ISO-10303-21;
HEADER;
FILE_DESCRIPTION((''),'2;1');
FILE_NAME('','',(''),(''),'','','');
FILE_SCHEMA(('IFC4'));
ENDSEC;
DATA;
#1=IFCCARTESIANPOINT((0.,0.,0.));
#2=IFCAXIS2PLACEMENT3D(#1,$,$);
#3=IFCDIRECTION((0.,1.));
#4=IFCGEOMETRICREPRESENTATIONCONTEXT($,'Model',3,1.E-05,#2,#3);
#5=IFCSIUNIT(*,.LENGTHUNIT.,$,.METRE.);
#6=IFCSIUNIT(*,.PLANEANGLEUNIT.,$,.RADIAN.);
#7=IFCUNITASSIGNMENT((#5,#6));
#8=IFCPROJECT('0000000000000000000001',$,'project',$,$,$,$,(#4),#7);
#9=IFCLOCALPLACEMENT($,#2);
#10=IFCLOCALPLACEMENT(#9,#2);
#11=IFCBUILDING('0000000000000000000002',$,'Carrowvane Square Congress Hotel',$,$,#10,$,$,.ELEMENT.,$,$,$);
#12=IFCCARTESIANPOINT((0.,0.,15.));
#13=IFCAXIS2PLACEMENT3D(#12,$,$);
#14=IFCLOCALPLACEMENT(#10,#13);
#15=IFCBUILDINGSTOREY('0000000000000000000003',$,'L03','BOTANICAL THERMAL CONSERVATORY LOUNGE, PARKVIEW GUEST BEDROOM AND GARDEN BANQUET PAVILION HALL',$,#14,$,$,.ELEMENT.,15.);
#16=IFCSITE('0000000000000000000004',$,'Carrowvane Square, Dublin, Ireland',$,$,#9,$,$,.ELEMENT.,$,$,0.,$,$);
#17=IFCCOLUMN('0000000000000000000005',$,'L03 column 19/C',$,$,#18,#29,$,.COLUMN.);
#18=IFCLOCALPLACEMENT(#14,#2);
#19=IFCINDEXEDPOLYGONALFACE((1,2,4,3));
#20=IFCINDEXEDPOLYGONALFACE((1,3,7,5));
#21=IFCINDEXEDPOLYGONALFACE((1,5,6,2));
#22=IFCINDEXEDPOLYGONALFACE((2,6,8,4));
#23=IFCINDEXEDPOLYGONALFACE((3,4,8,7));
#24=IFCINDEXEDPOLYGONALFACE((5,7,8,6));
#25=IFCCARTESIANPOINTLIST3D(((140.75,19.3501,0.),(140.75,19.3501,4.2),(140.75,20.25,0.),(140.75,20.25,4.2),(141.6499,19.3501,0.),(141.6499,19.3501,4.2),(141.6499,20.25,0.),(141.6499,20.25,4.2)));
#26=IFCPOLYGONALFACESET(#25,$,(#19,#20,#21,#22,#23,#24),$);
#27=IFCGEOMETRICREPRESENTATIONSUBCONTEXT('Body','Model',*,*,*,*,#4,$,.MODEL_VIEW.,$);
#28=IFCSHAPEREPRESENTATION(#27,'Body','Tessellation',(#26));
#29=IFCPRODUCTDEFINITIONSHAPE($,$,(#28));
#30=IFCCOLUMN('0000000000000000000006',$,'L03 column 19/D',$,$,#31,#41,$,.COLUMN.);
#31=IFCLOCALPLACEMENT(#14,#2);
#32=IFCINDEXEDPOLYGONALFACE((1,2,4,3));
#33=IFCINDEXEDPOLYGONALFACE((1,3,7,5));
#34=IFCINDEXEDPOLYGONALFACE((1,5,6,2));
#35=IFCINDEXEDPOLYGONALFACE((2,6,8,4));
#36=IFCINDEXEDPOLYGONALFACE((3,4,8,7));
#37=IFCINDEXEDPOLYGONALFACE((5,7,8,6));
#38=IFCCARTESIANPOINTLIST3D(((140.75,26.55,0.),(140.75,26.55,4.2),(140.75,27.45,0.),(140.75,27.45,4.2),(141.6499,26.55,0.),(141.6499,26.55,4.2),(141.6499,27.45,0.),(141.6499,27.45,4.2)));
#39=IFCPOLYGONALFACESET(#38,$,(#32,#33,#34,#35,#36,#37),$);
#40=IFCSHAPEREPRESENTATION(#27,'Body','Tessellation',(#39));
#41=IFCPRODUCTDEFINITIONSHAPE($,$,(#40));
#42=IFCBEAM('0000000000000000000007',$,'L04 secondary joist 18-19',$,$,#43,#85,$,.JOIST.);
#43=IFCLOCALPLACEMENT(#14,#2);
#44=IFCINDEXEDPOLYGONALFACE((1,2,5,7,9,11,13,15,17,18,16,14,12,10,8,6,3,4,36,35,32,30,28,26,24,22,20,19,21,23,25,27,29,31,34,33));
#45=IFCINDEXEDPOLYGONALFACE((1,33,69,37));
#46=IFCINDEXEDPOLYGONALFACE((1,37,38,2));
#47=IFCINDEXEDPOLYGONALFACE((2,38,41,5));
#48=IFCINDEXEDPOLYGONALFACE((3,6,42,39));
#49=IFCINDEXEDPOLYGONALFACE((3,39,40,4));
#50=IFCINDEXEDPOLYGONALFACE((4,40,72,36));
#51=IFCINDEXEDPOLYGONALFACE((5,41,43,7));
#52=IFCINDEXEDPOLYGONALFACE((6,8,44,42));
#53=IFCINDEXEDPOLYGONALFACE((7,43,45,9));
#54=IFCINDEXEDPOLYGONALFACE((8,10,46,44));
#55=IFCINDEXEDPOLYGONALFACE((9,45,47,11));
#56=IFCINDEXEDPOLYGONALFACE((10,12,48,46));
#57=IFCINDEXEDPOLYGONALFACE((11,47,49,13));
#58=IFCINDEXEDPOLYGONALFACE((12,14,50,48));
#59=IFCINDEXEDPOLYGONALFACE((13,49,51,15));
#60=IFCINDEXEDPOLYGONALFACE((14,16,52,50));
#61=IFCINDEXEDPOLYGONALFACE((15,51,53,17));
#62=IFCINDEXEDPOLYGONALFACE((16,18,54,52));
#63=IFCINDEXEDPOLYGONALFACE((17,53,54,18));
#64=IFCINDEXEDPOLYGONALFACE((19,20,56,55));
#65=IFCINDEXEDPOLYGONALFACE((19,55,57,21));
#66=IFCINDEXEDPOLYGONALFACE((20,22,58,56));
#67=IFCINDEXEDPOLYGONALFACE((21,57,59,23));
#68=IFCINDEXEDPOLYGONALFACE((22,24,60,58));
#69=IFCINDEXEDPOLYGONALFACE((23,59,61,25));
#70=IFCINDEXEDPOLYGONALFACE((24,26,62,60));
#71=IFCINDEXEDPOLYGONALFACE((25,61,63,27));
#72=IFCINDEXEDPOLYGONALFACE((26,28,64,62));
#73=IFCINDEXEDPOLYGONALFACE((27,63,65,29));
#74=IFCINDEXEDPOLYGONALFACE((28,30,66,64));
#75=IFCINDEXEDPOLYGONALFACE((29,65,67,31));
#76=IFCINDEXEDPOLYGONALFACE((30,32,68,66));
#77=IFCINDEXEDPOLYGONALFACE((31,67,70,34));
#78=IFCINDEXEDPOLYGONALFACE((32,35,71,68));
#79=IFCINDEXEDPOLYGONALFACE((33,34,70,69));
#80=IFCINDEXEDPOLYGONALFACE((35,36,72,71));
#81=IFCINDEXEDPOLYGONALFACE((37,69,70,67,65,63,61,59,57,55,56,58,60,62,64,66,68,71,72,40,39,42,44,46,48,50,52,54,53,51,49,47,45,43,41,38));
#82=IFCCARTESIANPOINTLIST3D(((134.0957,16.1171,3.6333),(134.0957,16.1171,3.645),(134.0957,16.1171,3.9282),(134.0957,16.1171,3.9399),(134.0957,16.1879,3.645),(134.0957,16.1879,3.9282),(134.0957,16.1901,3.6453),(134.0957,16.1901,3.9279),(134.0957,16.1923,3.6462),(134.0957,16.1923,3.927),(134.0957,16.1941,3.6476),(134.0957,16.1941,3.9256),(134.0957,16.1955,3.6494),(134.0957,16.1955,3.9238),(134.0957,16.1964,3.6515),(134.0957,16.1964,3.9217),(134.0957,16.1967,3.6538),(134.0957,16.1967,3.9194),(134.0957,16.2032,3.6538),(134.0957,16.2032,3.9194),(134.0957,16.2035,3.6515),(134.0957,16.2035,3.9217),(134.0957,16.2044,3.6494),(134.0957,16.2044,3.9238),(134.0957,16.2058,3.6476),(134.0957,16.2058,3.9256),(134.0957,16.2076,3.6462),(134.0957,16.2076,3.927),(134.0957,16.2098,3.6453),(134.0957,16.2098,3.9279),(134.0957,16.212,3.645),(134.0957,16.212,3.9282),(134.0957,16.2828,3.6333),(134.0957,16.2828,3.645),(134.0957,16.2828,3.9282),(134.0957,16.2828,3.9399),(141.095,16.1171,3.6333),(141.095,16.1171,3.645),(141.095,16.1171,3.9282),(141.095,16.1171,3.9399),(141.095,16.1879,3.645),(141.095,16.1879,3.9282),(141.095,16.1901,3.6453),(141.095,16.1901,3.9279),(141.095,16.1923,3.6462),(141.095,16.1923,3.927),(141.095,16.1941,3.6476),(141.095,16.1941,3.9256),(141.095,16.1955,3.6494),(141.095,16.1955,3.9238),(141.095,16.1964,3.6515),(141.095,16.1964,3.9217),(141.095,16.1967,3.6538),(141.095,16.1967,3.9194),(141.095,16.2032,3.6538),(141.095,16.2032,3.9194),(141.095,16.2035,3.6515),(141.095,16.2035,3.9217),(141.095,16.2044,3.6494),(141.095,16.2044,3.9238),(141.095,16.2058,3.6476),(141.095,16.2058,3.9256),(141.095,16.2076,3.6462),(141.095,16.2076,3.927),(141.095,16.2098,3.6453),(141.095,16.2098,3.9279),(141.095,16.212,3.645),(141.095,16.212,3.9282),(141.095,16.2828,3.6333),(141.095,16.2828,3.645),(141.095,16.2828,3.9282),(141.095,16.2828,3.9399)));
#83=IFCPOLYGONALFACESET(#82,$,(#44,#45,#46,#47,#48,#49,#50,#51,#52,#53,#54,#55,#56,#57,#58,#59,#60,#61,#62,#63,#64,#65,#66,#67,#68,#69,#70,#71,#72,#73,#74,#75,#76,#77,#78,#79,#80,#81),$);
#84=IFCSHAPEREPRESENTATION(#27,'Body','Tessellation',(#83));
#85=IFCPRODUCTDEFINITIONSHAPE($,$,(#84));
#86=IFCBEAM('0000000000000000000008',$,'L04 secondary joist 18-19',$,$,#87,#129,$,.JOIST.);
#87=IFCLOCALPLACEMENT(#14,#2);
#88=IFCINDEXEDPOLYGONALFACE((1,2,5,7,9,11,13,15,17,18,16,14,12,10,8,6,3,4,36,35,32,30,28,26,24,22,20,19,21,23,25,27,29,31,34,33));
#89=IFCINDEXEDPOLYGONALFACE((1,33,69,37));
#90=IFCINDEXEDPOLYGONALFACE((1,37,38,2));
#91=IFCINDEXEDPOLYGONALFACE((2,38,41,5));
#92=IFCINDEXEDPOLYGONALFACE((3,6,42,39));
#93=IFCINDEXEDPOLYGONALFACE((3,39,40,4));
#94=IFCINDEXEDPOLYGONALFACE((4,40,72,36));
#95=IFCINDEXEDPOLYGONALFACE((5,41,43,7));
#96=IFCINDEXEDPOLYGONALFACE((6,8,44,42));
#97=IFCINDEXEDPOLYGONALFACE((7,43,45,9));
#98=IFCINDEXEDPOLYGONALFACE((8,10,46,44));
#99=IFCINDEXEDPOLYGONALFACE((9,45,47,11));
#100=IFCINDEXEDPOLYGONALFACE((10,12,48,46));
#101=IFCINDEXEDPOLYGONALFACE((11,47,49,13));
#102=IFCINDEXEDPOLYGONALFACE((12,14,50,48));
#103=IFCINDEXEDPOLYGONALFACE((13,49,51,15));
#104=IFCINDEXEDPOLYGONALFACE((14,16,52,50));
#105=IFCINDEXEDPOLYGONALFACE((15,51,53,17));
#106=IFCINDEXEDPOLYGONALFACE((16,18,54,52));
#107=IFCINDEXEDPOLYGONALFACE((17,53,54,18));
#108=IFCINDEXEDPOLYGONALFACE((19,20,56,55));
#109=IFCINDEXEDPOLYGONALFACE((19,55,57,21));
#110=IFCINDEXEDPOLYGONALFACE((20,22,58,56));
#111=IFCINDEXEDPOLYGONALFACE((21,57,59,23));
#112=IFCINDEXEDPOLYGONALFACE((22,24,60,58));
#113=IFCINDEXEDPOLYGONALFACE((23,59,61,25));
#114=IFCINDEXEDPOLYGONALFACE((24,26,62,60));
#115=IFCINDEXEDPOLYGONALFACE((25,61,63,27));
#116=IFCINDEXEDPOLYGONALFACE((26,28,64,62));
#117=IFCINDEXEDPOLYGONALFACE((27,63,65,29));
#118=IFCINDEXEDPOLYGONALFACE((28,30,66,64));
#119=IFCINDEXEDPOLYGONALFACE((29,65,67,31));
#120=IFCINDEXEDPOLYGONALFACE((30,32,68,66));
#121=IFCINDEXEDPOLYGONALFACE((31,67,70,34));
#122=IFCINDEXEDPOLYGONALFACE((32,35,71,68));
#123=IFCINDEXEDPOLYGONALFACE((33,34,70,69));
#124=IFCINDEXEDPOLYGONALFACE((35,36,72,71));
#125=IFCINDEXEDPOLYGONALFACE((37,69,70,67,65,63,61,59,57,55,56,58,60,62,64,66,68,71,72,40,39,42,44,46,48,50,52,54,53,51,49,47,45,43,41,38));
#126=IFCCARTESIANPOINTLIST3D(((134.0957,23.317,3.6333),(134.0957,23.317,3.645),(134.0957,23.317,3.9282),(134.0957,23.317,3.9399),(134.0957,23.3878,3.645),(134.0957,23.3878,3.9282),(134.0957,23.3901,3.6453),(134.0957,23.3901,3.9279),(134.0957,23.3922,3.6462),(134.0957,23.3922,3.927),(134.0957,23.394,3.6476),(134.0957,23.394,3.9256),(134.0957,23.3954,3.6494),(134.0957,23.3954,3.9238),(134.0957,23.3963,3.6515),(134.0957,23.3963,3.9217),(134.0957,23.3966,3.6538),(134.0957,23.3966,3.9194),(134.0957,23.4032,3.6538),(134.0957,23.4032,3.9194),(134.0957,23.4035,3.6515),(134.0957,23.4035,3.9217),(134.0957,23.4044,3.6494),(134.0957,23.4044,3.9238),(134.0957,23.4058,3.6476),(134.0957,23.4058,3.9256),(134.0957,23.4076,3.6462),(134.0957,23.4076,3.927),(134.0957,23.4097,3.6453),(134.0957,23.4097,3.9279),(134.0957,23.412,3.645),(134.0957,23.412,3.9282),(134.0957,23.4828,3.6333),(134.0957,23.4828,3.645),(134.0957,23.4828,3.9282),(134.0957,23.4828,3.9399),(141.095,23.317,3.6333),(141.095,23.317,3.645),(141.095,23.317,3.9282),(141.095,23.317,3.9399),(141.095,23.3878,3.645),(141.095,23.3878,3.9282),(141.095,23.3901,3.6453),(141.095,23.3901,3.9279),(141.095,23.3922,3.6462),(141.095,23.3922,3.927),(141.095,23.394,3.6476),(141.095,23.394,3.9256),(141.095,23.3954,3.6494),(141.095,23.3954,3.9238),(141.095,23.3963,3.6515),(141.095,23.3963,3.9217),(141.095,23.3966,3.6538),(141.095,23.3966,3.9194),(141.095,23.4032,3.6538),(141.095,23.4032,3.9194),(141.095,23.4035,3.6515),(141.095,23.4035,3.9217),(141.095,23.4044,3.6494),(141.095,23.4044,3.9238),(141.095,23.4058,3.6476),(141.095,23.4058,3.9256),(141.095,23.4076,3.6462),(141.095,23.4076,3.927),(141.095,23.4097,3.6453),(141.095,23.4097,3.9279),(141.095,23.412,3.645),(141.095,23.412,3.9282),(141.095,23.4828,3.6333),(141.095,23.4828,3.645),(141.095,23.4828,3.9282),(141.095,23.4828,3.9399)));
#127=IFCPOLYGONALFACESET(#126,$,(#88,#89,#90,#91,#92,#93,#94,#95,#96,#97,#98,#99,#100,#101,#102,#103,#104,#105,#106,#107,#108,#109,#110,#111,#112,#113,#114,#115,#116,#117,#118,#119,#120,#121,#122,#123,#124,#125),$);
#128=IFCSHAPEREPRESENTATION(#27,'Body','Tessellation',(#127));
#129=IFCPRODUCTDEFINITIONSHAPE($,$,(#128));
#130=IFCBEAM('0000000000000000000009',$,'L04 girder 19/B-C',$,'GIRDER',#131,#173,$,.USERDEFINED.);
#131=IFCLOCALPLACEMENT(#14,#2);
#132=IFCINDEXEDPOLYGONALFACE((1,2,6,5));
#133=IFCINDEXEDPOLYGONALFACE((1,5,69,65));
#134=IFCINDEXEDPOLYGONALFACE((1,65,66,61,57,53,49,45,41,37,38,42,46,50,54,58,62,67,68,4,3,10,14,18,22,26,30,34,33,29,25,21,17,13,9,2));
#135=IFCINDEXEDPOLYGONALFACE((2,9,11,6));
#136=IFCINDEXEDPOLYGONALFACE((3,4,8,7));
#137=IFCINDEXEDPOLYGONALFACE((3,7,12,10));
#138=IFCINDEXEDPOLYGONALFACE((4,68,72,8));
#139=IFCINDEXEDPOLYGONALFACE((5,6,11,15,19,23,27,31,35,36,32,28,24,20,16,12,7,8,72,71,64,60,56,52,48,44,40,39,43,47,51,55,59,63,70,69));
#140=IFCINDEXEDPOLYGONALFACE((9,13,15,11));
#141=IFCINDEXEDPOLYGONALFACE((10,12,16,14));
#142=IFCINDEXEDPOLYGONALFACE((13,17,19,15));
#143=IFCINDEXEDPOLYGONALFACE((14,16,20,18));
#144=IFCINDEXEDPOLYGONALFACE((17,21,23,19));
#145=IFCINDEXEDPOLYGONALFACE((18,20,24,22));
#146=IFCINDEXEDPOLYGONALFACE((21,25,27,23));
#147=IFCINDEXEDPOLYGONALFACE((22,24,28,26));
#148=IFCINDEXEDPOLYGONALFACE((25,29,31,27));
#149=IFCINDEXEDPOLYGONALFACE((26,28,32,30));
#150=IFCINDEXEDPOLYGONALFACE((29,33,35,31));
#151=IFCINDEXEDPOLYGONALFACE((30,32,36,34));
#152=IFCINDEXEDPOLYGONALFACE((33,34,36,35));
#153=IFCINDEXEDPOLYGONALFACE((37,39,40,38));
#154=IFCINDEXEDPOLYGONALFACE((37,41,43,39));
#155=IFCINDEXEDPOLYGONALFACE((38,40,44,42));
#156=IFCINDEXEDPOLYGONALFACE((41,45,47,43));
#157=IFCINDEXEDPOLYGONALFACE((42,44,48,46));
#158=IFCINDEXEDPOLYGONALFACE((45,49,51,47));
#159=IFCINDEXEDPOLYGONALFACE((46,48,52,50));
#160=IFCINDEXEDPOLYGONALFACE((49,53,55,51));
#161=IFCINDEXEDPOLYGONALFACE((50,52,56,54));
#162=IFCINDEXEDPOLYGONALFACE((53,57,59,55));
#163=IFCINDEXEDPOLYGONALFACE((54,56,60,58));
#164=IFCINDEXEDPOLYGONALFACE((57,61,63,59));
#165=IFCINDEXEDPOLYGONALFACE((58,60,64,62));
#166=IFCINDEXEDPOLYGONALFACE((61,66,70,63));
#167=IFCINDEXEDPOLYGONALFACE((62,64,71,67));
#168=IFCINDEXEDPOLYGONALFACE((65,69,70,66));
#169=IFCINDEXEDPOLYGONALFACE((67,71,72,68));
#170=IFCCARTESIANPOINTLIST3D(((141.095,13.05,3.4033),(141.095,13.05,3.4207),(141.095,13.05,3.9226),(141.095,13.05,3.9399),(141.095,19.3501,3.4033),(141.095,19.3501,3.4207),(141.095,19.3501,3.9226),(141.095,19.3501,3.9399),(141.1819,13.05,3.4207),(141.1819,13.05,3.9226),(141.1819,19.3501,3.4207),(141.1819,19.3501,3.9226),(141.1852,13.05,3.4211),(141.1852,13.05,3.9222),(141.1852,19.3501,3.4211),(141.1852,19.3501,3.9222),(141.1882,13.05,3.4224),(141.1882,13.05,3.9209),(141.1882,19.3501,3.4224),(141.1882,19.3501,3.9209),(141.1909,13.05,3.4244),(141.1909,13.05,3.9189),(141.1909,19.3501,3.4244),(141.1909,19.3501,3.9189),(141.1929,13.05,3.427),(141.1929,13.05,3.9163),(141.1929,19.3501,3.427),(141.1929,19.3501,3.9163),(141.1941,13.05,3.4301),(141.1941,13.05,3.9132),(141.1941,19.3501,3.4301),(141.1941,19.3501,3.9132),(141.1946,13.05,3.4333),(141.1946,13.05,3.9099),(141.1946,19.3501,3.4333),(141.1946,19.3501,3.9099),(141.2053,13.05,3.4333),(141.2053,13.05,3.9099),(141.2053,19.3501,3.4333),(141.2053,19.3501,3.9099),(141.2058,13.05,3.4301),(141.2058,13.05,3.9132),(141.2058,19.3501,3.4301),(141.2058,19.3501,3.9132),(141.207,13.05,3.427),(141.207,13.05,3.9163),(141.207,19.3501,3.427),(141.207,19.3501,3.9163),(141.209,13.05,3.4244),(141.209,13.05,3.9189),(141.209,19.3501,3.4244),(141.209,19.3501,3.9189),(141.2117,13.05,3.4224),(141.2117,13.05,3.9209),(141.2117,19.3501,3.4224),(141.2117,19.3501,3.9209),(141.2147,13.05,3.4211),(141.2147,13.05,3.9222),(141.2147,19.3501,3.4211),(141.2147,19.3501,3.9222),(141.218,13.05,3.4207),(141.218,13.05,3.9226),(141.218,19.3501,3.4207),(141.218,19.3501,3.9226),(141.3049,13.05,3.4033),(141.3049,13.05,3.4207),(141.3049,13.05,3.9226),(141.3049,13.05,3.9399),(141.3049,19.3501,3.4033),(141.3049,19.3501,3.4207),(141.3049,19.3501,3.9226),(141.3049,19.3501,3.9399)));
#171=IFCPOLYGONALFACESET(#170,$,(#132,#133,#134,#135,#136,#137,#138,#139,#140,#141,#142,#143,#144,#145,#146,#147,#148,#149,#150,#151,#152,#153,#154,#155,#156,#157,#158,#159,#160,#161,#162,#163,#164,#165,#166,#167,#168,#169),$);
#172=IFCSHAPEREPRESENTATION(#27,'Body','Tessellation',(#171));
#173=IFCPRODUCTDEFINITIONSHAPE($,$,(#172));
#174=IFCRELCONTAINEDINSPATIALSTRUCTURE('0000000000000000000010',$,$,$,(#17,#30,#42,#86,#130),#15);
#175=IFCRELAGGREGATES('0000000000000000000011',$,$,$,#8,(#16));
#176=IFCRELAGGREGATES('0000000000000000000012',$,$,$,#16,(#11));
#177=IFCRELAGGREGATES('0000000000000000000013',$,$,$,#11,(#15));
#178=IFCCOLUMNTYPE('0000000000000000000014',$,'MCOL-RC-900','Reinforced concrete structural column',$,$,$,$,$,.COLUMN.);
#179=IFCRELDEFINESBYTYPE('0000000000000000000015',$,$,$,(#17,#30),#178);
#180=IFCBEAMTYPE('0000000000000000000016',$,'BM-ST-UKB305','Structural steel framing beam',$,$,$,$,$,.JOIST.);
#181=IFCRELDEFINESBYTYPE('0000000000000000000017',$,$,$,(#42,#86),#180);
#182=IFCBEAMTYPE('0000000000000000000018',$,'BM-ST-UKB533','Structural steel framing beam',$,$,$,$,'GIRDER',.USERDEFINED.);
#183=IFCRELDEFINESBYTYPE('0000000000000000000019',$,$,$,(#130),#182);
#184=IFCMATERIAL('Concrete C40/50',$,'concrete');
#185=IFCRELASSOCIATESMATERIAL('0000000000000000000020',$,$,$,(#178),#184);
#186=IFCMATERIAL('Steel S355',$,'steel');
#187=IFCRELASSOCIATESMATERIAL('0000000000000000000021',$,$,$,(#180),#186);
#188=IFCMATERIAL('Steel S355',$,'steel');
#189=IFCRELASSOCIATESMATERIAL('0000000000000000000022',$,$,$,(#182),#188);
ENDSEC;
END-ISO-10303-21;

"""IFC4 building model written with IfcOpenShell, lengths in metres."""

from ifc_helpers import new_model, si_unit, direction, frame, origin, origin_2d, place, context, subcontext, project, spatial, rectangle, i_section, extrude, material, material_profile, profile_set, type_object, element, save


model = new_model("IFC4")

# Units and contexts
model_context = context("Model", 3, precision=1e-05, world=origin(), true_north=direction((0.0, 1.0)))
body_context = subcontext(model_context, "Body", "Model", "MODEL_VIEW")
ifc_project = project(units=[si_unit("LENGTHUNIT", "METRE"), si_unit("PLANEANGLEUNIT", "RADIAN")], contexts=[model_context])

# Site, building, storey
site_placement = place(None, origin())
site = spatial("IfcSite", under=ifc_project, at=site_placement, Name="Carrowvane Square, Dublin, Ireland", CompositionType="ELEMENT", RefElevation=0.0)
building_placement = place(site_placement, origin())
building = spatial("IfcBuilding", under=site, at=building_placement, Name="Carrowvane Square Congress Hotel", CompositionType="ELEMENT")
storey_placement = place(building_placement, frame((0.0, 0.0, 15.0)))
storey = spatial("IfcBuildingStorey", under=building, at=storey_placement, Name="L03", Description="BOTANICAL THERMAL CONSERVATORY LOUNGE, PARKVIEW GUEST BEDROOM AND GARDEN BANQUET PAVILION HALL", CompositionType="ELEMENT", Elevation=15.0)

# Columns
ifc_material_1 = material(Name="Concrete C40/50", Category="concrete")
ifc_material_profile_1 = material_profile(ifc_material_1, rectangle(XDim=0.8999, YDim=0.8999, at=origin_2d()), Name="RC 900x900")
ifc_profile_set_1 = profile_set([ifc_material_profile_1], Name="Concrete C40/50")
column_type = type_object("IfcColumnType", Name="MCOL-RC-900", Description="Reinforced concrete structural column", PredefinedType="COLUMN", material=ifc_profile_set_1)
for number, where, z_axis, x_axis, name in (
    (1, (141.2, 19.8, 0.0), (0.0, 0.0, 1.0), (1.0, 0.0, 0.0), "L03 column 19/C"),
    (2, (141.2, 27.0, 0.0), (0.0, 0.0, 1.0), (1.0, 0.0, 0.0), "L03 column 19/D"),
):
    element("IfcColumn", number, at=place(storey_placement, frame(where, z_axis=z_axis, x_axis=x_axis)), inside=storey, type_object=column_type, Name=name, PredefinedType="COLUMN", context=body_context, shape_type="SweptSolid", body=[
        extrude(rectangle(XDim=0.8999, YDim=0.8999, at=origin_2d()), origin(), (0.0, 0.0, 1.0), 4.2),
    ])

# Beams
ifc_material_2 = material(Name="Steel S355", Category="steel")
ifc_material_profile_2 = material_profile(ifc_material_2, i_section(OverallWidth=0.1658, OverallDepth=0.3066, WebThickness=0.0066, FlangeThickness=0.0117, FilletRadius=0.0088, at=origin_2d()), Name="UKB 305x165x46")
ifc_profile_set_2 = profile_set([ifc_material_profile_2], Name="Steel S355")
beam_type_1 = type_object("IfcBeamType", Name="BM-ST-UKB305", Description="Structural steel framing beam", PredefinedType="JOIST", material=ifc_profile_set_2)
for number, where, z_axis, x_axis, name in (
    (3, (134.0957, 16.2, 3.7866), (1.0, 0.0, 0.0), (0.0, 1.0, 0.0), "L04 secondary joist 18-19"),
    (4, (134.0957, 23.3999, 3.7866), (1.0, 0.0, 0.0), (0.0, 1.0, 0.0), "L04 secondary joist 18-19"),
):
    element("IfcBeam", number, at=place(storey_placement, frame(where, z_axis=z_axis, x_axis=x_axis)), inside=storey, type_object=beam_type_1, Name=name, PredefinedType="JOIST", context=body_context, shape_type="SweptSolid", body=[
        extrude(i_section(OverallWidth=0.1658, OverallDepth=0.3066, WebThickness=0.0066, FlangeThickness=0.0117, FilletRadius=0.0088, at=origin_2d()), origin(), (0.0, 0.0, 1.0), 6.9993),
    ])
ifc_material_3 = material(Name="Steel S355", Category="steel")
ifc_material_profile_3 = material_profile(ifc_material_3, i_section(OverallWidth=0.21, OverallDepth=0.5366, WebThickness=0.0107, FlangeThickness=0.0173, FilletRadius=0.0127, at=origin_2d()), Name="UKB 533x210x101")
ifc_profile_set_3 = profile_set([ifc_material_profile_3], Name="Steel S355")
beam_type_2 = type_object("IfcBeamType", Name="BM-ST-UKB533", Description="Structural steel framing beam", ElementType="GIRDER", PredefinedType="USERDEFINED", material=ifc_profile_set_3)
for number, where, z_axis, x_axis, name in (
    (5, (141.2, 13.05, 3.6716), (0.0, 1.0, 0.0), (-1.0, 0.0, 0.0), "L04 girder 19/B-C"),
):
    element("IfcBeam", number, at=place(storey_placement, frame(where, z_axis=z_axis, x_axis=x_axis)), inside=storey, type_object=beam_type_2, Name=name, ObjectType="GIRDER", PredefinedType="USERDEFINED", context=body_context, shape_type="SweptSolid", body=[
        extrude(i_section(OverallWidth=0.21, OverallDepth=0.5366, WebThickness=0.0107, FlangeThickness=0.0173, FilletRadius=0.0127, at=origin_2d()), origin(), (0.0, 0.0, 1.0), 6.3),
    ])

save(model, "model.ifc")
